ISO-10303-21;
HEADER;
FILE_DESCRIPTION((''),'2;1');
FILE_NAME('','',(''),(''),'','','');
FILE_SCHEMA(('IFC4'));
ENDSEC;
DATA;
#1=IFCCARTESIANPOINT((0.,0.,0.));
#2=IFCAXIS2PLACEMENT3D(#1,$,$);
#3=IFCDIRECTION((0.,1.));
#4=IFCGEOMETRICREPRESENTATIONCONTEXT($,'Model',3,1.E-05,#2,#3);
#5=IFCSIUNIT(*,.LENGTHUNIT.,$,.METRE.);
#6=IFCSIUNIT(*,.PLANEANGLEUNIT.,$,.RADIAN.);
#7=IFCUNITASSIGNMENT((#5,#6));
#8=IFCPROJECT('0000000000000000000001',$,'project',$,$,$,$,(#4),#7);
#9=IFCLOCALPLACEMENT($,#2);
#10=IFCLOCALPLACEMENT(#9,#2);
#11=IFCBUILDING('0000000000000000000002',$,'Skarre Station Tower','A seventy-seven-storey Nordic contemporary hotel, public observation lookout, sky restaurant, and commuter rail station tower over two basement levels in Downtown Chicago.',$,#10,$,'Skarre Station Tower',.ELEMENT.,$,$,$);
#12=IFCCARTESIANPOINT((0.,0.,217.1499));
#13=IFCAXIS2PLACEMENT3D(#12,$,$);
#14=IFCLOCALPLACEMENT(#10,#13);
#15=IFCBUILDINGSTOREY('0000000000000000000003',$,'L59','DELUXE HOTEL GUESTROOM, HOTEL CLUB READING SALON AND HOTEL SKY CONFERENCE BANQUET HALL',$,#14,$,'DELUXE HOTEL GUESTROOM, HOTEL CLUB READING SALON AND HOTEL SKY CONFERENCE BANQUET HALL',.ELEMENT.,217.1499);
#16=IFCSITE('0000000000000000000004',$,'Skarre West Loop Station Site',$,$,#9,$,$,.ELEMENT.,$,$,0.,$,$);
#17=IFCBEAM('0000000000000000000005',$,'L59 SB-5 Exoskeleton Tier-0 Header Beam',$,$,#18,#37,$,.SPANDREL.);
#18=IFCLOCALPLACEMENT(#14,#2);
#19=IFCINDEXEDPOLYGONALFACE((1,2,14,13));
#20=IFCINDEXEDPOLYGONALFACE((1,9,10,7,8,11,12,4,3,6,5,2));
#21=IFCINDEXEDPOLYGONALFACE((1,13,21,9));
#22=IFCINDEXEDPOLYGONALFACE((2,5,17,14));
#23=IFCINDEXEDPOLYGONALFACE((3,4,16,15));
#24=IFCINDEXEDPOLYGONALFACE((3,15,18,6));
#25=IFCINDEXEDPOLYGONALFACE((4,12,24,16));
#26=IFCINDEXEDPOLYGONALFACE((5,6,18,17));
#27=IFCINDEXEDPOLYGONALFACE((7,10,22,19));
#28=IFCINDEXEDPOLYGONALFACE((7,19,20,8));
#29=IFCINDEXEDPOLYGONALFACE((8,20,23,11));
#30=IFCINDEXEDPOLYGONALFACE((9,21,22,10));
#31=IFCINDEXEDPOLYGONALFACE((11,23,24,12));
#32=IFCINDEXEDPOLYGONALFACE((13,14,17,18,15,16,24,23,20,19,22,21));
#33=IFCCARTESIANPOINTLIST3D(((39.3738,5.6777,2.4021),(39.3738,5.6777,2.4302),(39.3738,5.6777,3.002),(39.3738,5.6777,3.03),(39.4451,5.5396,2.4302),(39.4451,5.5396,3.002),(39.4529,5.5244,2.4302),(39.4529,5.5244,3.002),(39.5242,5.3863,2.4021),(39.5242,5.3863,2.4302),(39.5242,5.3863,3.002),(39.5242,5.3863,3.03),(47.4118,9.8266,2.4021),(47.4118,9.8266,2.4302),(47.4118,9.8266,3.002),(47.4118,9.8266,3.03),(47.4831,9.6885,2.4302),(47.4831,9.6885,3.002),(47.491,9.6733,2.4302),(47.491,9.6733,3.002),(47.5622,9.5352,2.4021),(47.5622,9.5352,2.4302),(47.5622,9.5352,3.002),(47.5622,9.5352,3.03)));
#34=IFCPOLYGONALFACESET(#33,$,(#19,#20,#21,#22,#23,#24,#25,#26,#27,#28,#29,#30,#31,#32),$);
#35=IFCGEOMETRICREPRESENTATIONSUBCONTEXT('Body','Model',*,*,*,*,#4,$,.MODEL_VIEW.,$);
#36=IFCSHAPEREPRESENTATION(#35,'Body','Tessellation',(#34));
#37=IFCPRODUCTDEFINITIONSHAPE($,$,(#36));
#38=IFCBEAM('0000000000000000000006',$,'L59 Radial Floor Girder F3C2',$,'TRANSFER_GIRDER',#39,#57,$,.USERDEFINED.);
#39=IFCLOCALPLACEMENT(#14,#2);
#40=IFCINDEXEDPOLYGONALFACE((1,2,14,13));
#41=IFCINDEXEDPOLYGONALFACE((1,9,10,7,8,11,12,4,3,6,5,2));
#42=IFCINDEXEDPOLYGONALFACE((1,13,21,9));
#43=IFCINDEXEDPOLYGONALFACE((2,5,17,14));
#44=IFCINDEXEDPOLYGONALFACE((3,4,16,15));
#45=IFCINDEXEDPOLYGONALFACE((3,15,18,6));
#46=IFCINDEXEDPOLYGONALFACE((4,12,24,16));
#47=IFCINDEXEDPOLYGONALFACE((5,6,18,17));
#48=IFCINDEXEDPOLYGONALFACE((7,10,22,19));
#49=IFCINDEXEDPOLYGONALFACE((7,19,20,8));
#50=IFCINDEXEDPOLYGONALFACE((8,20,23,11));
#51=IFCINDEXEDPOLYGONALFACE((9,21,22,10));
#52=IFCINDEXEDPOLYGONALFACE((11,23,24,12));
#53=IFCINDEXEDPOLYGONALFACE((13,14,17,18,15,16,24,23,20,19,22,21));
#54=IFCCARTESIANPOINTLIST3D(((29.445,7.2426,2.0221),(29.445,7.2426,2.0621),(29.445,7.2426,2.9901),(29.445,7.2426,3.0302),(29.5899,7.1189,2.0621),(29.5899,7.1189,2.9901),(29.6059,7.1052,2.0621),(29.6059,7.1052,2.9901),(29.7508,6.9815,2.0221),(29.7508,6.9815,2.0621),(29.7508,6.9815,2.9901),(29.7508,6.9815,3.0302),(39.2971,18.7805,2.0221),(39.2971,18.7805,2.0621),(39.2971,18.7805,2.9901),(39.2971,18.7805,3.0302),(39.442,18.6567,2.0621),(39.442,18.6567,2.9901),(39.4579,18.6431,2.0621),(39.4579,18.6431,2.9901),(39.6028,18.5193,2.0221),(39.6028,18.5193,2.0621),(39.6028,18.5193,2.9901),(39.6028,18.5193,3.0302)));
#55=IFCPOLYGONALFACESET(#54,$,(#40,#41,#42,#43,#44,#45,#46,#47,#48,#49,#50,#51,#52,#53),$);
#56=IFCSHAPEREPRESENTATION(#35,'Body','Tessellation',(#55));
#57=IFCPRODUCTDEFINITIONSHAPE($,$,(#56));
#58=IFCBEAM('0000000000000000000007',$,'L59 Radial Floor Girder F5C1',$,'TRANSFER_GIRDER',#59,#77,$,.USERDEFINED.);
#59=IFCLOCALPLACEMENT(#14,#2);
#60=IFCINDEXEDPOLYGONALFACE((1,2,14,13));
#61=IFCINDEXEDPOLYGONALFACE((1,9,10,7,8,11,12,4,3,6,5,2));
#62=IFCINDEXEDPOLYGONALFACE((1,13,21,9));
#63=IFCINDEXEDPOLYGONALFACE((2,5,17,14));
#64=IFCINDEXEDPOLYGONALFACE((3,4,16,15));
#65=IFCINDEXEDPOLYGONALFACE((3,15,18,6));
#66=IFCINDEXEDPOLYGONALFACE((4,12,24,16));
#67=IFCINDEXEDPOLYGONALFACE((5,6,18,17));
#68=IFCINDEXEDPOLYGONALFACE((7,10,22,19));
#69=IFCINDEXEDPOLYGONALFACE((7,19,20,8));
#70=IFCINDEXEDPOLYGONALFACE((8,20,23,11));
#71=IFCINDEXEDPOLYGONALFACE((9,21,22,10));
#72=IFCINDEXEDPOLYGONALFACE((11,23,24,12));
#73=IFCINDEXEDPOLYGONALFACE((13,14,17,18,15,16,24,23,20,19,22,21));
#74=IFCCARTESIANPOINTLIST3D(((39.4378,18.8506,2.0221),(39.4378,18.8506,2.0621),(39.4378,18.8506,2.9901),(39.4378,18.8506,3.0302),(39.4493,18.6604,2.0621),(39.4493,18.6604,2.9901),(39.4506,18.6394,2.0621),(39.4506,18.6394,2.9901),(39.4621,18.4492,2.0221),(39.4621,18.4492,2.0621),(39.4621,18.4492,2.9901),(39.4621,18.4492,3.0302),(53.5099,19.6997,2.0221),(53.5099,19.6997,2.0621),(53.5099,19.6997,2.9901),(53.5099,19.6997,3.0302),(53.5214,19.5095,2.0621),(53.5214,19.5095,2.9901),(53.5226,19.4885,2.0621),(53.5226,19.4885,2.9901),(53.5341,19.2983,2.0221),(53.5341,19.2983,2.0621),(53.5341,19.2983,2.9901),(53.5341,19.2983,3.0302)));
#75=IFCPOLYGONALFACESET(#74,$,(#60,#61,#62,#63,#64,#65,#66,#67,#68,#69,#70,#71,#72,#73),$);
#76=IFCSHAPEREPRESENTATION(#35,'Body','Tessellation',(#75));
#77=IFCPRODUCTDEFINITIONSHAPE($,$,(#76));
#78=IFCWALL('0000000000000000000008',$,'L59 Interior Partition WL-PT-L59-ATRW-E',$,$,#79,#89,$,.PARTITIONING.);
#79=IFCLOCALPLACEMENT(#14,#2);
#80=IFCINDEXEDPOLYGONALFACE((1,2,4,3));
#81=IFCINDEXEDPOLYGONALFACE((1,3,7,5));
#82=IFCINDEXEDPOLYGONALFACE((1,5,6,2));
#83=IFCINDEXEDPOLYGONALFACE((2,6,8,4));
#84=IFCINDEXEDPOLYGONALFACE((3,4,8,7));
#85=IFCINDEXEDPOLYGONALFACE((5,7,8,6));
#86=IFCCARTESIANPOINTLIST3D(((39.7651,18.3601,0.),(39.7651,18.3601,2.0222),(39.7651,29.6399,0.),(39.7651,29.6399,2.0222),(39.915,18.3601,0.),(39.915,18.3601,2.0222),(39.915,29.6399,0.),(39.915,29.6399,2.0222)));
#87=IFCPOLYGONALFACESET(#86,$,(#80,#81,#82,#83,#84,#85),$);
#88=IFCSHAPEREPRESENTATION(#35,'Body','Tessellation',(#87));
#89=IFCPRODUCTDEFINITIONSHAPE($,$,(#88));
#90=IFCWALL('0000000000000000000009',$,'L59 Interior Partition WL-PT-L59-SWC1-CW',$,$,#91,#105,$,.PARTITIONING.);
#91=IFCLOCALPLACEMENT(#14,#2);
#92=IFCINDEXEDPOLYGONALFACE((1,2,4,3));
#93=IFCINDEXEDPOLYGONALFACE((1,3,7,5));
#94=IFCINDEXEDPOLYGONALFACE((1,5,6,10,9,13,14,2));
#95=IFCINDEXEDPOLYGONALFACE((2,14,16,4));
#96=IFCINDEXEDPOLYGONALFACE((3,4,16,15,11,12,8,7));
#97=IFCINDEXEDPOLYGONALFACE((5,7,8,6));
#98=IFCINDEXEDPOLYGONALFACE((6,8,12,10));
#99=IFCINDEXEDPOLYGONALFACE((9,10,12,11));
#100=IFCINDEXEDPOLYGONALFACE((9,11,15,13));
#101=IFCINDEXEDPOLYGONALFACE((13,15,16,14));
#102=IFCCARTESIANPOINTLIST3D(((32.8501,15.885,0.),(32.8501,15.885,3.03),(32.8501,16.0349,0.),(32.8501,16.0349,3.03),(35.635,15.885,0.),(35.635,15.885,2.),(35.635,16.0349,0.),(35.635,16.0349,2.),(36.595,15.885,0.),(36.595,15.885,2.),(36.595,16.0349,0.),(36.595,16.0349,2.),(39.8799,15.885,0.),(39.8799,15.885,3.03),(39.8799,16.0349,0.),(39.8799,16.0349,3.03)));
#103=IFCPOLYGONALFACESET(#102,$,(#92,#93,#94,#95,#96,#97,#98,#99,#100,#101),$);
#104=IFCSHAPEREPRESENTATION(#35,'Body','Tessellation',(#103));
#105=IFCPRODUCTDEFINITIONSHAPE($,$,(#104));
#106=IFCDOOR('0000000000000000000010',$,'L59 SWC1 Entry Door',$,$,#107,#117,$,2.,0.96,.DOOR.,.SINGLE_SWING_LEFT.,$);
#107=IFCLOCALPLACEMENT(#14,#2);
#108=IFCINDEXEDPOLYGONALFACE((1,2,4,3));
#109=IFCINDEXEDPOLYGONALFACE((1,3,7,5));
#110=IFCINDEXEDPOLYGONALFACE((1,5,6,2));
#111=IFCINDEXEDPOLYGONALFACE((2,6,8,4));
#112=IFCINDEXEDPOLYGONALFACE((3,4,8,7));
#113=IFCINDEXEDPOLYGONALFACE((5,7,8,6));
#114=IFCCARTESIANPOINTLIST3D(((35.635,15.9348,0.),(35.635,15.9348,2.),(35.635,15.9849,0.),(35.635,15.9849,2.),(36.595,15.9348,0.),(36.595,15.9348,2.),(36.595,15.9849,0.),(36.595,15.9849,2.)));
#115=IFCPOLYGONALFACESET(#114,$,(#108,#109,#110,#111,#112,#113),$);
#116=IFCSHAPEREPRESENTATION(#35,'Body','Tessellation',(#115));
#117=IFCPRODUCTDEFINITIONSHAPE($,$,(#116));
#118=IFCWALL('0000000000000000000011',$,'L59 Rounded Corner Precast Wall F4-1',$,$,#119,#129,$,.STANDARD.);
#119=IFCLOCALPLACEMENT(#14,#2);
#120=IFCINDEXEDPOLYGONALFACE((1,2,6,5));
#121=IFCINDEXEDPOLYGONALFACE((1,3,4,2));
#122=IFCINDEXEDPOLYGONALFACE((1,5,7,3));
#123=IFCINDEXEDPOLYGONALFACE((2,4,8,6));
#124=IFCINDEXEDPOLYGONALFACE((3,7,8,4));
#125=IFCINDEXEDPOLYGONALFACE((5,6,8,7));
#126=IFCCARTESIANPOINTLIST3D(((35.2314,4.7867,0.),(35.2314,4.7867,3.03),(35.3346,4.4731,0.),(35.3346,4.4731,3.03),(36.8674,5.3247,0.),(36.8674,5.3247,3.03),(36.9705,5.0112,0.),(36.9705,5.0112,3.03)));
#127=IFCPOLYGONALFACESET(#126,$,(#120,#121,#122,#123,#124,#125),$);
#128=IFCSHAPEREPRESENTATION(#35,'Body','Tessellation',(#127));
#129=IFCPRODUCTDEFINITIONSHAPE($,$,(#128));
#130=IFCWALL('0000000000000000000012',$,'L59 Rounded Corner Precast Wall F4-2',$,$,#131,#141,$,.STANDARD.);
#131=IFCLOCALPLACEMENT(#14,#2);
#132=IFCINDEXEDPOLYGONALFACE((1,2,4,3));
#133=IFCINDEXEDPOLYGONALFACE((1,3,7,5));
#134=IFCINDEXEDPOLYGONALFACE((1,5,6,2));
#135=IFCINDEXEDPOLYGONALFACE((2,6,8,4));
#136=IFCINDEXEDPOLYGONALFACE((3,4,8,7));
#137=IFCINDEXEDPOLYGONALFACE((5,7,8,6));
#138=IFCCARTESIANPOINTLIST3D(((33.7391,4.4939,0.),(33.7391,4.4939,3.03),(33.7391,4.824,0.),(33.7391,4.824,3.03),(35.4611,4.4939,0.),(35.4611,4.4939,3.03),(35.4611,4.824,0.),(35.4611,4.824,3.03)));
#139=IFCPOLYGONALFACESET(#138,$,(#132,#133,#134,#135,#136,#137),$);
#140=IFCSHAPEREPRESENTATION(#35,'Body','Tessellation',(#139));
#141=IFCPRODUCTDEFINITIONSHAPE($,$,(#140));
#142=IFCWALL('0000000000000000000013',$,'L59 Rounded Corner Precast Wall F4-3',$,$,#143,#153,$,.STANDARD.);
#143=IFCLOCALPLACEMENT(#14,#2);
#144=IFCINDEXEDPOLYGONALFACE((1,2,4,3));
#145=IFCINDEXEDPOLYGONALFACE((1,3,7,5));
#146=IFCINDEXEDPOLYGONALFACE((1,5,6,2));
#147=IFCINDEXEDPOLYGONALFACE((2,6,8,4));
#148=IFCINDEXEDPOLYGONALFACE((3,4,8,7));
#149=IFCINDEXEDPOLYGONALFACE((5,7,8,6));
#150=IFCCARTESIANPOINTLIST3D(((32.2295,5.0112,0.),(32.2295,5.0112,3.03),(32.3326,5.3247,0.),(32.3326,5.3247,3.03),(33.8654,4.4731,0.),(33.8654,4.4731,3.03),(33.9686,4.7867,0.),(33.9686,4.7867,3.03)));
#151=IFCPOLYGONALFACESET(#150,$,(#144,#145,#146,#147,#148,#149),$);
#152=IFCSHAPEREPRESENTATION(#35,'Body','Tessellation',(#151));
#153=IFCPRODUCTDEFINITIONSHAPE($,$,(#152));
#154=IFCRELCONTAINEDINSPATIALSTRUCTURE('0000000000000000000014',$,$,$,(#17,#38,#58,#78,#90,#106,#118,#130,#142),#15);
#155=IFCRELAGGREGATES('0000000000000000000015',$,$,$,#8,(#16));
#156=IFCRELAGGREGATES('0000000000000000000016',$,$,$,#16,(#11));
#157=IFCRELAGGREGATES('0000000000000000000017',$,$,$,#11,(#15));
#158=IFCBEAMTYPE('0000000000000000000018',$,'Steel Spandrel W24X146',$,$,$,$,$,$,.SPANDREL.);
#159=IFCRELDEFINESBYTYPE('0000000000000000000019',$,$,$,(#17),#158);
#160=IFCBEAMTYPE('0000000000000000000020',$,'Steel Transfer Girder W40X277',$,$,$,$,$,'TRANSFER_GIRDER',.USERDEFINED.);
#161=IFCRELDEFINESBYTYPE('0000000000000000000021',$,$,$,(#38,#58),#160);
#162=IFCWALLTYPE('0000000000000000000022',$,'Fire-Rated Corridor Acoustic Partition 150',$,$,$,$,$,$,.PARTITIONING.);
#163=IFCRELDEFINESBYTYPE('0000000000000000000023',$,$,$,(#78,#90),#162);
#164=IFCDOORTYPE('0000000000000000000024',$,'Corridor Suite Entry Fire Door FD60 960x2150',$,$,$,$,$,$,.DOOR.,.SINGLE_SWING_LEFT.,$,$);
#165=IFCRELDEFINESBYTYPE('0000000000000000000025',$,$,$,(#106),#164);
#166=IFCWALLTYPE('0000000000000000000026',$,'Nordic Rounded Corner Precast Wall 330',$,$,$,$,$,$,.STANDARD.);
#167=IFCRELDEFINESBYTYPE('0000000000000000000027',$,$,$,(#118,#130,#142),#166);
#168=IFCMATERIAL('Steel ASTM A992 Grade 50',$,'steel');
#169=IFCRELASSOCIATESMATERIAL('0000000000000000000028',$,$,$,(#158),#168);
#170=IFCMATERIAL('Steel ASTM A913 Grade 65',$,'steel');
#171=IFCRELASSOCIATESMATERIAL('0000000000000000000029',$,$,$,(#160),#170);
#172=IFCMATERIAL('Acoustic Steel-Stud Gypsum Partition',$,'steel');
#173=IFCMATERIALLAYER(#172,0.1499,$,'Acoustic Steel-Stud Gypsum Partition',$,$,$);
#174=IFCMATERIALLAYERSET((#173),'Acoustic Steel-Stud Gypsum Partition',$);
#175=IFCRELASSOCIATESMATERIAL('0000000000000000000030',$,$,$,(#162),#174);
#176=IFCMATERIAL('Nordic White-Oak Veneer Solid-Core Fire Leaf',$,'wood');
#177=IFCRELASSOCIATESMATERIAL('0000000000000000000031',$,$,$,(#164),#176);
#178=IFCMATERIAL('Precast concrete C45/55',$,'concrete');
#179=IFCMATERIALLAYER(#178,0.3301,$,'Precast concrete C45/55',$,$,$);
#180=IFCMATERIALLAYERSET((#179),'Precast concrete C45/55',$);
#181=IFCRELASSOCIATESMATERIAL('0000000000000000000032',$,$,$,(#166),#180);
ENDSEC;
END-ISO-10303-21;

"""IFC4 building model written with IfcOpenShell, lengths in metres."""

from ifc_helpers import new_model, si_unit, direction, frame, frame_2d, origin, origin_2d, place, context, subcontext, project, spatial, rectangle, i_section, extrude, material, layer, layer_set, material_profile, profile_set, type_object, element, fill, save


model = new_model("IFC4")

# Units and contexts
model_context = context("Model", 3, precision=1e-05, world=origin(), true_north=direction((0.0, 1.0)))
body_context = subcontext(model_context, "Body", "Model", "MODEL_VIEW")
ifc_project = project(units=[si_unit("LENGTHUNIT", "METRE"), si_unit("PLANEANGLEUNIT", "RADIAN")], contexts=[model_context])

# Site, building, storey
site_placement = place(None, origin())
site = spatial("IfcSite", under=ifc_project, at=site_placement, Name="Skarre West Loop Station Site", CompositionType="ELEMENT", RefElevation=0.0)
building_placement = place(site_placement, origin())
building = spatial("IfcBuilding", under=site, at=building_placement, Name="Skarre Station Tower", Description="A seventy-seven-storey Nordic contemporary hotel, public observation lookout, sky restaurant, and commuter rail station tower over two basement levels in Downtown Chicago.", LongName="Skarre Station Tower", CompositionType="ELEMENT")
storey_placement = place(building_placement, frame((0.0, 0.0, 217.1499)))
storey = spatial("IfcBuildingStorey", under=building, at=storey_placement, Name="L59", Description="DELUXE HOTEL GUESTROOM, HOTEL CLUB READING SALON AND HOTEL SKY CONFERENCE BANQUET HALL", LongName="DELUXE HOTEL GUESTROOM, HOTEL CLUB READING SALON AND HOTEL SKY CONFERENCE BANQUET HALL", CompositionType="ELEMENT", Elevation=217.1499)

# Shared definitions
ifc_material_1 = material(Name="Steel ASTM A913 Grade 65", Category="steel")

# Beams
ifc_material_2 = material(Name="Steel ASTM A992 Grade 50", Category="steel")
ifc_material_profile_1 = material_profile(ifc_material_2, i_section(OverallWidth=0.3279, OverallDepth=0.6279, WebThickness=0.0171, FlangeThickness=0.0281, at=origin_2d()), Name="Steel ASTM A992 Grade 50")
ifc_profile_set_1 = profile_set([ifc_material_profile_1], Name="Steel ASTM A992 Grade 50")
beam_type_1 = type_object("IfcBeamType", Name="Steel Spandrel W24X146", PredefinedType="SPANDREL", material=ifc_profile_set_1)
beam_1_placement = place(storey_placement, frame((39.449, 5.532, 2.7161), z_axis=(0.88861, 0.458664, 0.0), x_axis=(-0.458664, 0.88861, 0.0)))
element("IfcBeam", 1, at=beam_1_placement, inside=storey, type_object=beam_type_1, Name="L59 SB-5 Exoskeleton Tier-0 Header Beam", PredefinedType="SPANDREL", context=body_context, shape_type="SweptSolid", body=[
    extrude(i_section(OverallWidth=0.3279, OverallDepth=0.6279, WebThickness=0.0171, FlangeThickness=0.0281, at=origin_2d()), origin(), (0.0, 0.0, 1.0), 9.0457),
])
ifc_material_profile_2 = material_profile(ifc_material_1, i_section(OverallWidth=0.4021, OverallDepth=1.0081, WebThickness=0.021, FlangeThickness=0.04, at=origin_2d()), Name="Steel ASTM A913 Grade 65")
ifc_profile_set_2 = profile_set([ifc_material_profile_2], Name="Steel ASTM A913 Grade 65")
beam_type_2 = type_object("IfcBeamType", Name="Steel Transfer Girder W40X277", ElementType="TRANSFER_GIRDER", PredefinedType="USERDEFINED", material=ifc_profile_set_2)
beam_2_placement = place(storey_placement, frame((39.45, 18.6499, 2.5261), z_axis=(-0.649364, -0.760477, 0.0), x_axis=(0.760477, -0.649364, 0.0)))
element("IfcBeam", 2, at=beam_2_placement, inside=storey, type_object=beam_type_2, Name="L59 Radial Floor Girder F3C2", ObjectType="TRANSFER_GIRDER", PredefinedType="USERDEFINED", context=body_context, shape_type="SweptSolid", body=[
    extrude(i_section(OverallWidth=0.4021, OverallDepth=1.0081, WebThickness=0.021, FlangeThickness=0.04, at=origin_2d()), origin(), (0.0, 0.0, 1.0), 15.1719),
])
beam_3_placement = place(storey_placement, frame((39.45, 18.6499, 2.5261), z_axis=(0.998184, 0.060232, 0.0), x_axis=(-0.060232, 0.998184, 0.0)))
element("IfcBeam", 3, at=beam_3_placement, inside=storey, type_object=beam_type_2, Name="L59 Radial Floor Girder F5C1", ObjectType="TRANSFER_GIRDER", PredefinedType="USERDEFINED", context=body_context, shape_type="SweptSolid", body=[
    extrude(i_section(OverallWidth=0.4021, OverallDepth=1.0081, WebThickness=0.021, FlangeThickness=0.04, at=origin_2d()), origin(), (0.0, 0.0, 1.0), 14.0977),
])

# Wall
ifc_material_3 = material(Name="Acoustic Steel-Stud Gypsum Partition", Category="steel")
ifc_layer_1 = layer(ifc_material_3, 0.1499, Name="Acoustic Steel-Stud Gypsum Partition")
ifc_layer_set_1 = layer_set([ifc_layer_1], Name="Acoustic Steel-Stud Gypsum Partition")
wall_type_1 = type_object("IfcWallType", Name="Fire-Rated Corridor Acoustic Partition 150", PredefinedType="PARTITIONING", material=ifc_layer_set_1)
wall_1_placement = place(storey_placement, frame((39.8401, 18.3601, 0.0), z_axis=(0.0, 0.0, 1.0), x_axis=(0.0, 1.0, 0.0)))
element("IfcWall", 4, at=wall_1_placement, inside=storey, type_object=wall_type_1, Name="L59 Interior Partition WL-PT-L59-ATRW-E", PredefinedType="PARTITIONING", context=body_context, shape_type="SweptSolid", body=[
    extrude(rectangle(XDim=11.2798, YDim=0.1499, at=frame_2d((5.6399, 0.0))), origin(), (0.0, 0.0, 1.0), 2.0222),
])

# Wall, opening, door
wall_2_placement = place(storey_placement, frame((32.8501, 15.96, 0.0), z_axis=(0.0, 0.0, 1.0), x_axis=(1.0, 0.0, 0.0)))
wall_2 = element("IfcWall", 5, at=wall_2_placement, inside=storey, type_object=wall_type_1, Name="L59 Interior Partition WL-PT-L59-SWC1-CW", PredefinedType="PARTITIONING", context=body_context, shape_type="SweptSolid", body=[
    extrude(rectangle(XDim=7.0298, YDim=0.1499, at=frame_2d((3.5149, 0.0))), origin(), (0.0, 0.0, 1.0), 3.03),
])
opening_1_placement = place(wall_2_placement, frame((2.7849, 0.0, 0.0)))
opening_1 = element("IfcOpeningElement", 6, at=opening_1_placement, cuts=wall_2, PredefinedType="OPENING", context=body_context, shape_type="SweptSolid", body=[
    extrude(rectangle(XDim=0.96, YDim=2.0, at=frame_2d((0.48, 1.0))), frame((0.0, 0.085, 0.0), z_axis=(0.0, -1.0, 0.0), x_axis=(1.0, 0.0, 0.0)), (0.0, 0.0, 1.0), 0.1699),
])
ifc_material_4 = material(Name="Nordic White-Oak Veneer Solid-Core Fire Leaf", Category="wood")
door_type_1 = type_object("IfcDoorType", Name="Corridor Suite Entry Fire Door FD60 960x2150", OperationType="SINGLE_SWING_LEFT", PredefinedType="DOOR", material=ifc_material_4)
door_1_placement = place(opening_1_placement, origin())
door_1 = element("IfcDoor", 7, at=door_1_placement, inside=storey, type_object=door_type_1, Name="L59 SWC1 Entry Door", OperationType="SINGLE_SWING_LEFT", OverallHeight=2.0, OverallWidth=0.96, PredefinedType="DOOR", context=body_context, shape_type="SweptSolid", body=[
    extrude(rectangle(XDim=0.96, YDim=2.0, at=frame_2d((0.48, 1.0))), frame((0.0, 0.0249, 0.0), z_axis=(0.0, -1.0, 0.0), x_axis=(1.0, 0.0, 0.0)), (0.0, 0.0, 1.0), 0.05),
])
fill(opening_1, door_1)

# Walls
ifc_material_5 = material(Name="Precast concrete C45/55", Category="concrete")
ifc_layer_2 = layer(ifc_material_5, 0.3301, Name="Precast concrete C45/55")
ifc_layer_set_2 = layer_set([ifc_layer_2], Name="Precast concrete C45/55")
wall_type_2 = type_object("IfcWallType", Name="Nordic Rounded Corner Precast Wall 330", PredefinedType="STANDARD", material=ifc_layer_set_2)
wall_3_placement = place(storey_placement, frame((36.9189, 5.168, 0.0), z_axis=(0.0, 0.0, 1.0), x_axis=(-0.949937, -0.31244, 0.0)))
element("IfcWall", 8, at=wall_3_placement, inside=storey, type_object=wall_type_2, Name="L59 Rounded Corner Precast Wall F4-1", PredefinedType="STANDARD", context=body_context, shape_type="SweptSolid", body=[
    extrude(rectangle(XDim=1.7222, YDim=0.3301, at=frame_2d((0.8611, 0.0))), origin(), (0.0, 0.0, 1.0), 3.03),
])
wall_4_placement = place(storey_placement, frame((35.4609, 4.6589, 0.0), z_axis=(0.0, 0.0, 1.0), x_axis=(-1.0, 0.0, 0.0)))
element("IfcWall", 9, at=wall_4_placement, inside=storey, type_object=wall_type_2, Name="L59 Rounded Corner Precast Wall F4-2", PredefinedType="STANDARD", context=body_context, shape_type="SweptSolid", body=[
    extrude(rectangle(XDim=1.7219, YDim=0.3301, at=frame_2d((0.8608, 0.0))), origin(), (0.0, 0.0, 1.0), 3.03),
])
wall_5_placement = place(storey_placement, frame((33.917, 4.6299, 0.0), z_axis=(0.0, 0.0, 1.0), x_axis=(-0.949937, 0.31244, 0.0)))
element("IfcWall", 10, at=wall_5_placement, inside=storey, type_object=wall_type_2, Name="L59 Rounded Corner Precast Wall F4-3", PredefinedType="STANDARD", context=body_context, shape_type="SweptSolid", body=[
    extrude(rectangle(XDim=1.7222, YDim=0.3301, at=frame_2d((0.8611, 0.0))), origin(), (0.0, 0.0, 1.0), 3.03),
])

save(model, "model.ifc")
